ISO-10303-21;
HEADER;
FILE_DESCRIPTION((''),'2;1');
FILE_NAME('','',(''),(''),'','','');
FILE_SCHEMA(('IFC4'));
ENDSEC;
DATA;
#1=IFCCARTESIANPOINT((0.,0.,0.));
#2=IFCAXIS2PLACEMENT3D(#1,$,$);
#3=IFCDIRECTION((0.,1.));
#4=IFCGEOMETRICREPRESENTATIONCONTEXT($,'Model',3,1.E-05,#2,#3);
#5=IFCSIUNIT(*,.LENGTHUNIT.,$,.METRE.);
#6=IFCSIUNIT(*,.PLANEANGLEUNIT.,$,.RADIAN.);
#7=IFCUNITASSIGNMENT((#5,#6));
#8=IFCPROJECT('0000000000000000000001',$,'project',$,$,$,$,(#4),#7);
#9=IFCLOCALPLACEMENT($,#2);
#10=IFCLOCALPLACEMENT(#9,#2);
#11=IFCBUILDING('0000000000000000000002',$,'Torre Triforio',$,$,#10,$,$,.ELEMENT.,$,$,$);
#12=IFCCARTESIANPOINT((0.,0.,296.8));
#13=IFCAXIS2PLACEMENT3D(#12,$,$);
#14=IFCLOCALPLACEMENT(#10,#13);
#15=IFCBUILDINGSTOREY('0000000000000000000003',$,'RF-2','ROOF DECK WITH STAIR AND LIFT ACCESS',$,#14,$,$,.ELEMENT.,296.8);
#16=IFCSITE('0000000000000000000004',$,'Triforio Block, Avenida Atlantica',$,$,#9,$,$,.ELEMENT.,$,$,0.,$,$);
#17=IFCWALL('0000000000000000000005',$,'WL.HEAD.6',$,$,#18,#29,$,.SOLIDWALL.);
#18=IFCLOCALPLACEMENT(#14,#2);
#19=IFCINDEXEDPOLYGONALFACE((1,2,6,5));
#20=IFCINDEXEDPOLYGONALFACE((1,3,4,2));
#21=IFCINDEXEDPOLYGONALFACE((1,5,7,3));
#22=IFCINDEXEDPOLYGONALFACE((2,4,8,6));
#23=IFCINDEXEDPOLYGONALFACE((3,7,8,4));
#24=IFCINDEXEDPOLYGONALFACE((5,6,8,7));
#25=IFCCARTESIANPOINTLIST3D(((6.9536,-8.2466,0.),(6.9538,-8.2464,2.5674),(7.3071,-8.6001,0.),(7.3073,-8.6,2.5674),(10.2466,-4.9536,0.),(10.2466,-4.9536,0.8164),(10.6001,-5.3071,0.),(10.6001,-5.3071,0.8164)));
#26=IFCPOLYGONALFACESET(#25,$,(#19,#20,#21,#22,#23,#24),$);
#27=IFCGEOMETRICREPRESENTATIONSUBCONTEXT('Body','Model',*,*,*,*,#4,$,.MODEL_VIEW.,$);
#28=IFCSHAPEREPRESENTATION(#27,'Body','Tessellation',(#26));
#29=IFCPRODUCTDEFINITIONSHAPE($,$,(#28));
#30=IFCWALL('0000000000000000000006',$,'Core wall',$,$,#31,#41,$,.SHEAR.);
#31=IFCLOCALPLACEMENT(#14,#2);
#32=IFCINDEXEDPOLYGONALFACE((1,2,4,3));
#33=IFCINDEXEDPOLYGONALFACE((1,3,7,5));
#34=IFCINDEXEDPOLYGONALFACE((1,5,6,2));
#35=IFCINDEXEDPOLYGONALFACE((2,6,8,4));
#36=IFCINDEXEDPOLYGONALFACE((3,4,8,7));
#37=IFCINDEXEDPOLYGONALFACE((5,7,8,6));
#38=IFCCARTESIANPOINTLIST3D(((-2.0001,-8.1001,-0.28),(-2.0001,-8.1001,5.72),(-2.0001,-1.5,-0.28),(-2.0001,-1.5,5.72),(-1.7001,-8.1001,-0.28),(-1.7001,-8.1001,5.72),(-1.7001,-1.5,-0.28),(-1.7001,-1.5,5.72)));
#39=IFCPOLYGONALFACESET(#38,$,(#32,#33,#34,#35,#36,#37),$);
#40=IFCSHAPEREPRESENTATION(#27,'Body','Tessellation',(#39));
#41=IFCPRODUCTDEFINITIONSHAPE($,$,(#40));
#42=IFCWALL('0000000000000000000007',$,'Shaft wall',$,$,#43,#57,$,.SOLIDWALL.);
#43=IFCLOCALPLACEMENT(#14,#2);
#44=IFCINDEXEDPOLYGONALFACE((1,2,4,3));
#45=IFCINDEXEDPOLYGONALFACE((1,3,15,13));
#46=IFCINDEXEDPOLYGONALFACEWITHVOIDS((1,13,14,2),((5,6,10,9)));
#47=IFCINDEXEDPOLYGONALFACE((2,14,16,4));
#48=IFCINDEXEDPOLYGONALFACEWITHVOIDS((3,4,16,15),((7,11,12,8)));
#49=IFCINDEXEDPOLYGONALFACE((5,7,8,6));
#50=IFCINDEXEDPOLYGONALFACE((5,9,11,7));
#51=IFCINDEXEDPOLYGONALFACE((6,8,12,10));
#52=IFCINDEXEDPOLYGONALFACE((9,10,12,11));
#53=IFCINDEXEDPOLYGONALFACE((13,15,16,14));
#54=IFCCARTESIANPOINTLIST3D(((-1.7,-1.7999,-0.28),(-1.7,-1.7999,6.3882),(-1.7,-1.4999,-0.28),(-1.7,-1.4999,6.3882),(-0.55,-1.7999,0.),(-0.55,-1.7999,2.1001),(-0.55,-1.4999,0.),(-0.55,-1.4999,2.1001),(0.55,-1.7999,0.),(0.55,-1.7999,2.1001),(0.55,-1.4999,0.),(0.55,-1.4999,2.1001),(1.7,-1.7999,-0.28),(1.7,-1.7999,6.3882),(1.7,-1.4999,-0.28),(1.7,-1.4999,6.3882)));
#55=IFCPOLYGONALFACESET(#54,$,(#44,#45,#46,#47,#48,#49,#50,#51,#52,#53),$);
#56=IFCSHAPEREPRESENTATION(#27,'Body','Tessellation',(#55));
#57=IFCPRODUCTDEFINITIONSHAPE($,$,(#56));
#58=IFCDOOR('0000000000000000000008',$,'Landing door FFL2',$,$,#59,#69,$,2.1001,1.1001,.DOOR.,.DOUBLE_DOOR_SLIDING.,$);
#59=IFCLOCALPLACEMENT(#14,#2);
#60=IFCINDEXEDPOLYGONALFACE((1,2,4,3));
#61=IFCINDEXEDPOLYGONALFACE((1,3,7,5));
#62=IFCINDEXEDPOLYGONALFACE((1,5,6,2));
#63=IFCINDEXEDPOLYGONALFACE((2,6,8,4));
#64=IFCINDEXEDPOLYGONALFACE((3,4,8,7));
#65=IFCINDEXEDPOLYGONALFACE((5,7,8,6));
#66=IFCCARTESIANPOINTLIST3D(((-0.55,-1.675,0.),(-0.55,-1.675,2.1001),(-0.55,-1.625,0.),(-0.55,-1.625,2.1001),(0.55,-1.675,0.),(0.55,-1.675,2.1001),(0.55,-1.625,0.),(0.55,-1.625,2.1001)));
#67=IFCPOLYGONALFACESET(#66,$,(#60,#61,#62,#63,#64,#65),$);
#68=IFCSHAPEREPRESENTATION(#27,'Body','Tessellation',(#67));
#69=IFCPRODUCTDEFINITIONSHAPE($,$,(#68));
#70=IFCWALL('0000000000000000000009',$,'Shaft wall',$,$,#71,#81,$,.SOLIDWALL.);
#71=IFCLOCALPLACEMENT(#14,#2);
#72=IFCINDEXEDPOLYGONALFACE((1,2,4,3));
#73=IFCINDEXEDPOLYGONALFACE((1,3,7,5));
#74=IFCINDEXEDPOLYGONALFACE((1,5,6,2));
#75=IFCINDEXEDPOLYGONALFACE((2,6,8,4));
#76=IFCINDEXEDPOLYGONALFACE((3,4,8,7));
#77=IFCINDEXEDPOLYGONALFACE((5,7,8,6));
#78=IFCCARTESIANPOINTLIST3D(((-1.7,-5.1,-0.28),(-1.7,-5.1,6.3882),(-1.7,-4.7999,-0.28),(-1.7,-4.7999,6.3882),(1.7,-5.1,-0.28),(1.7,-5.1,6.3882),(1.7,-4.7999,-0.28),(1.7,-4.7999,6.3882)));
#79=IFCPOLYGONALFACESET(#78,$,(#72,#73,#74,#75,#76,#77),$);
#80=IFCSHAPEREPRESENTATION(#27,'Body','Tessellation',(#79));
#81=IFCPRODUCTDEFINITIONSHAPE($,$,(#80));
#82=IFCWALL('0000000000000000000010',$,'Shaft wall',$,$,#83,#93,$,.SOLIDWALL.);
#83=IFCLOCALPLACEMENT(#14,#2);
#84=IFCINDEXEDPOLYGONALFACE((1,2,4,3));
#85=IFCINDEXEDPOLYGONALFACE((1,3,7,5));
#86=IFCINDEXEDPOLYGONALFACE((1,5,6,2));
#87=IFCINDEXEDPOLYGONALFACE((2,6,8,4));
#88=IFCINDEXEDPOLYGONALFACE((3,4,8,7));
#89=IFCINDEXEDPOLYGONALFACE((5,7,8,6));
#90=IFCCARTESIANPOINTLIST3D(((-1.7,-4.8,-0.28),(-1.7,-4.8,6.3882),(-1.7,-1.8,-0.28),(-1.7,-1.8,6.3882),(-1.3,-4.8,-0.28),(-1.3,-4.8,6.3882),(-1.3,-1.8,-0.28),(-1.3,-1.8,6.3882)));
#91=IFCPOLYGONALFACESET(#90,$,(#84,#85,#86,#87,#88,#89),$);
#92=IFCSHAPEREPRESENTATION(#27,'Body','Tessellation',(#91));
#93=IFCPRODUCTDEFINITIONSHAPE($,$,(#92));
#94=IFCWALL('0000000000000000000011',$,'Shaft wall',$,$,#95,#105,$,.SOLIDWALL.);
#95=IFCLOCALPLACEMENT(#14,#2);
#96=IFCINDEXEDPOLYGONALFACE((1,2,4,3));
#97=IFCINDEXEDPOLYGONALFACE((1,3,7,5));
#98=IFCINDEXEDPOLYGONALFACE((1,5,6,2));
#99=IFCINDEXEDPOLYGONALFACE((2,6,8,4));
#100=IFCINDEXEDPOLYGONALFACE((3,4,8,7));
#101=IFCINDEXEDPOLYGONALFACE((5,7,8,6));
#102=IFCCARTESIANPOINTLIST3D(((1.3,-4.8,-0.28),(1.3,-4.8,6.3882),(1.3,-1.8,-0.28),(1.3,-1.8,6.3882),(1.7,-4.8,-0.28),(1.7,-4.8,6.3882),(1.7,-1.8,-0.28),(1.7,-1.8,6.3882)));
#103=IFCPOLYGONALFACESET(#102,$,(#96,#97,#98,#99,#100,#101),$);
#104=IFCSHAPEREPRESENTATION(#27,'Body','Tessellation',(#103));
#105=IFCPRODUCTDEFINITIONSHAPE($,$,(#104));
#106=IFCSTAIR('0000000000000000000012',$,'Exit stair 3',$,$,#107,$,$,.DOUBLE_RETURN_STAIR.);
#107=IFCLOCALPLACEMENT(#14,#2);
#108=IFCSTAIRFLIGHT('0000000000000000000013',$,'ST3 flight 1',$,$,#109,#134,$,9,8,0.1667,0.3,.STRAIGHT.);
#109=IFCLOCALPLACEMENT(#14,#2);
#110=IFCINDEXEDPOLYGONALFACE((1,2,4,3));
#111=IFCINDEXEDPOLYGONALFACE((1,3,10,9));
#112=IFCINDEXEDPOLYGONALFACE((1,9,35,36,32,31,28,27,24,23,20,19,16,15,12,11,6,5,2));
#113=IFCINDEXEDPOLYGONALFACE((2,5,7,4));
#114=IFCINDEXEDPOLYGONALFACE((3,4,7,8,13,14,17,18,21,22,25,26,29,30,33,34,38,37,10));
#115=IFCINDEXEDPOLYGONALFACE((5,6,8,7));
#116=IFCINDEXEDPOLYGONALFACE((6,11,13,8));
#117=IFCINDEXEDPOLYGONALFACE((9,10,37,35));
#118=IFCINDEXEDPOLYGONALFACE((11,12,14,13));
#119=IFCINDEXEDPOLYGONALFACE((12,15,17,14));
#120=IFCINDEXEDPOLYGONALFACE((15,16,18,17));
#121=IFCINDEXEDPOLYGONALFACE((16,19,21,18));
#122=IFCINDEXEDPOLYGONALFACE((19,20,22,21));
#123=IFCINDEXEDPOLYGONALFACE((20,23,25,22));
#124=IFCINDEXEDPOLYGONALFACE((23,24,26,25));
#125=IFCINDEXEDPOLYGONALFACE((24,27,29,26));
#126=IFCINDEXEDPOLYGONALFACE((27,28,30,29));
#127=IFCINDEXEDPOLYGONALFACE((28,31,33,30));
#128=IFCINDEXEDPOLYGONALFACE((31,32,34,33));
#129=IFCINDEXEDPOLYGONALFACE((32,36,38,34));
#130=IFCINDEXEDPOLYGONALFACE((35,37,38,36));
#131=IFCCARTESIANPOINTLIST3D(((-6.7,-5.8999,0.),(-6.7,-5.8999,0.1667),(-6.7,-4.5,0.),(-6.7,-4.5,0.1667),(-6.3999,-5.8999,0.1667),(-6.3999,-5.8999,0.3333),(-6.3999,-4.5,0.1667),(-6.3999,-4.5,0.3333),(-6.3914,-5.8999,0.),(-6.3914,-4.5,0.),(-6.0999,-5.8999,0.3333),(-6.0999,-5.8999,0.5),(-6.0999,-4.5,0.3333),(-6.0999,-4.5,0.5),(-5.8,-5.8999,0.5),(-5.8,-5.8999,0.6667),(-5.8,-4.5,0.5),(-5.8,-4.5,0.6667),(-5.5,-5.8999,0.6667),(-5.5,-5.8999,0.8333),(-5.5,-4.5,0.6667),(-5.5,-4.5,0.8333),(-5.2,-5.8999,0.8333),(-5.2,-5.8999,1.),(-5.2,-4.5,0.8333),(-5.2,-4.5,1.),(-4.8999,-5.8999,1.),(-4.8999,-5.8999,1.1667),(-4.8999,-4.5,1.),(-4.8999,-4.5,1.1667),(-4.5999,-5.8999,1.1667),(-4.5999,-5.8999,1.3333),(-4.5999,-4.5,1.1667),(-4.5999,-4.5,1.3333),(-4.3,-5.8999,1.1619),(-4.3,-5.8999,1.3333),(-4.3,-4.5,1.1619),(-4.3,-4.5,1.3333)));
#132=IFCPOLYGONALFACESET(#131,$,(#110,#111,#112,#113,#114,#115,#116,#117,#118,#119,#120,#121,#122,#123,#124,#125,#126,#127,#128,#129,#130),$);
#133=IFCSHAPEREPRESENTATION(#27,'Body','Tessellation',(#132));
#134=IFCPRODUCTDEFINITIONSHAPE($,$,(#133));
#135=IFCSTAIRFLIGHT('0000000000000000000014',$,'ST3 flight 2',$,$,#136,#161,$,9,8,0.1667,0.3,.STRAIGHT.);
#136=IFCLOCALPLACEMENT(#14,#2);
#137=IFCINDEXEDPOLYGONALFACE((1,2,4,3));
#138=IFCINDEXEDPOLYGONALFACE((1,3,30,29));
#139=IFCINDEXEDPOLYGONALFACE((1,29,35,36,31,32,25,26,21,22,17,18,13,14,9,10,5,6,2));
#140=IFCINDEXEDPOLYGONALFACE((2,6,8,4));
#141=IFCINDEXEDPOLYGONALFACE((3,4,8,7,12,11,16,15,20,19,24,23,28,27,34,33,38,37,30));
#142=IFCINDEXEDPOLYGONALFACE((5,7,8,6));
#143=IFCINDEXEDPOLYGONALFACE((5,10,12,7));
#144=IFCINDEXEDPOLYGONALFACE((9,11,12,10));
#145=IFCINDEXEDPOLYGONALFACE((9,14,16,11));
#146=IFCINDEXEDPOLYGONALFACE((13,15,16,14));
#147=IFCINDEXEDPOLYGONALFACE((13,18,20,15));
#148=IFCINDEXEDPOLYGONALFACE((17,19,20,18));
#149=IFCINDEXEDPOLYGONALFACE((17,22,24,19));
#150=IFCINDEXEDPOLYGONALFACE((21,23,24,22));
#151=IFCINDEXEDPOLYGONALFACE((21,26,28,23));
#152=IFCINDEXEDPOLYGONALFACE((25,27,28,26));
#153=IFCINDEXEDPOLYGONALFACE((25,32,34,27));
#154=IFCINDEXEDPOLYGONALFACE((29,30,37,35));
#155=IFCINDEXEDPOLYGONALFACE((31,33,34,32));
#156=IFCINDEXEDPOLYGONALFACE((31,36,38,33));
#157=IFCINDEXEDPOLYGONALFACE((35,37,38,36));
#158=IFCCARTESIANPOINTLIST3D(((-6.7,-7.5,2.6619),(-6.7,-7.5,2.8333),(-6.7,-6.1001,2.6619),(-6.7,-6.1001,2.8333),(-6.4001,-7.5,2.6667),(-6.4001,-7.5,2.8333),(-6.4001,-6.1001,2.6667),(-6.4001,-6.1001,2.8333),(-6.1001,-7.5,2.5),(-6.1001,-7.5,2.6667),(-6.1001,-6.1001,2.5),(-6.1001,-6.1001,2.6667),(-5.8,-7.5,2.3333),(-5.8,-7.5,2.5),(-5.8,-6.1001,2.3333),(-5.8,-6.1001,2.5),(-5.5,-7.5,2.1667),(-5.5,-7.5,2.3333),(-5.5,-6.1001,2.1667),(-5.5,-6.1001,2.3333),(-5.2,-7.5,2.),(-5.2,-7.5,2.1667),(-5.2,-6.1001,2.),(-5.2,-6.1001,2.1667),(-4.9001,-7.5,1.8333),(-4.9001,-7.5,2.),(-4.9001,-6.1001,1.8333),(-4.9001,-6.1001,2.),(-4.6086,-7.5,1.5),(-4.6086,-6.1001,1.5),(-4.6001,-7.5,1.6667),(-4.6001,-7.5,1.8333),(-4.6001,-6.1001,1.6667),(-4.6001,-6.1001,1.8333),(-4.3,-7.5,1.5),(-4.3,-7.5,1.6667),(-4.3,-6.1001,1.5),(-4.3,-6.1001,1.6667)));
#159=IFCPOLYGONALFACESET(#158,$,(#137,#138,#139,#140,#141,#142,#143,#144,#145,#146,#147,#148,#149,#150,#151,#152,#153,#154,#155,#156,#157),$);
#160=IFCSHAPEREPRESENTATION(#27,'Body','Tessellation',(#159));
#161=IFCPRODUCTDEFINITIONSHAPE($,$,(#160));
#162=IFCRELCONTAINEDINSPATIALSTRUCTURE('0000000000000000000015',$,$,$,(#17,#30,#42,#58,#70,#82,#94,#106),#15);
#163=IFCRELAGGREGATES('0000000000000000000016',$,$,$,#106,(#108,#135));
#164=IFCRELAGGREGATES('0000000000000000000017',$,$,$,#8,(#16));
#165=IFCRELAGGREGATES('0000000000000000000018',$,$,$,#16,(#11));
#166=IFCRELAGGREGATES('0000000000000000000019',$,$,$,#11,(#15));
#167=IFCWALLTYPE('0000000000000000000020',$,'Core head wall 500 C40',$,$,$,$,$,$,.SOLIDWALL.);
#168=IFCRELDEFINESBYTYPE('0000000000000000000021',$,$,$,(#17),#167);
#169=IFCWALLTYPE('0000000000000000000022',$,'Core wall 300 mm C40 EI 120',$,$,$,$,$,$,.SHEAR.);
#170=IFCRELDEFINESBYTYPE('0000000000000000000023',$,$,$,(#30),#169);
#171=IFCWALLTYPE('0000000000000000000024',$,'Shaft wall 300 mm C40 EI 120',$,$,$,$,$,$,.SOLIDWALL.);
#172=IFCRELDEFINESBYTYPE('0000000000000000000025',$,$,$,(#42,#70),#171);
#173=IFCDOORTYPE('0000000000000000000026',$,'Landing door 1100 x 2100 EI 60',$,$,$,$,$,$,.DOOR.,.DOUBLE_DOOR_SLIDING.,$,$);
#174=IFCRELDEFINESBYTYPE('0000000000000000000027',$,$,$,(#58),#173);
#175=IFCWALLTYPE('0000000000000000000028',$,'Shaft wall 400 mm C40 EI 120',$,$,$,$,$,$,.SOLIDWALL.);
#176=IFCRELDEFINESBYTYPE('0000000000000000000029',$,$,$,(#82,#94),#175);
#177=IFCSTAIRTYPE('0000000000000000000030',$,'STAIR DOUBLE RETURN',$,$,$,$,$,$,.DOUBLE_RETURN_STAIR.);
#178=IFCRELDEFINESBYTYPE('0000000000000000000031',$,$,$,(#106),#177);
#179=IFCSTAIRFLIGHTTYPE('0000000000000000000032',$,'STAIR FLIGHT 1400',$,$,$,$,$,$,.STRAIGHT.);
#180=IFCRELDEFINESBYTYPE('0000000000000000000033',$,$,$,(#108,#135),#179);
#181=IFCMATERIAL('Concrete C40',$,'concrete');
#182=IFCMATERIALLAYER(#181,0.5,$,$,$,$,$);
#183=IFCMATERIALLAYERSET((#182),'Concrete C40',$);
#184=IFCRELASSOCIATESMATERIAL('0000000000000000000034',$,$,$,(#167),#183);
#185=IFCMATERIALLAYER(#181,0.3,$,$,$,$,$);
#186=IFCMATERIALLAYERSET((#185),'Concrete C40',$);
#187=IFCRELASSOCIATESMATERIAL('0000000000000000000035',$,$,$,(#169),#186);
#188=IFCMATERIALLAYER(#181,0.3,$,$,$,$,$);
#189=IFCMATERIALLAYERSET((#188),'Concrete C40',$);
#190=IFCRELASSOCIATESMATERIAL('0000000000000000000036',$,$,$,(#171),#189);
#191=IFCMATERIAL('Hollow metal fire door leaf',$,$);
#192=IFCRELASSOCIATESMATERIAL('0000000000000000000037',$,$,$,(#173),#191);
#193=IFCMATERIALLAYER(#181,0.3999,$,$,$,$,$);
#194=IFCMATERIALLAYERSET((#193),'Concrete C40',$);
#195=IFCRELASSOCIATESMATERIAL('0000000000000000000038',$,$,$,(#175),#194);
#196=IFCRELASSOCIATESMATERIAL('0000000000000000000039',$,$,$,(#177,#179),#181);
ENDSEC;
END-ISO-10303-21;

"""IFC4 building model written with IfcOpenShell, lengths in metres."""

from ifc_helpers import new_model, si_unit, direction, frame, frame_2d, origin, place, context, subcontext, project, spatial, polyline, rectangle, outline, extrude, material, layer, layer_set, type_object, element, fill, aggregate, save


model = new_model("IFC4")

# Units and contexts
model_context = context("Model", 3, precision=1e-05, world=origin(), true_north=direction((0.0, 1.0)))
body_context = subcontext(model_context, "Body", "Model", "MODEL_VIEW")
ifc_project = project(units=[si_unit("LENGTHUNIT", "METRE"), si_unit("PLANEANGLEUNIT", "RADIAN")], contexts=[model_context])

# Site, building, storey
site_placement = place(None, origin())
site = spatial("IfcSite", under=ifc_project, at=site_placement, Name="Triforio Block, Avenida Atlantica", CompositionType="ELEMENT", RefElevation=0.0)
building_placement = place(site_placement, origin())
building = spatial("IfcBuilding", under=site, at=building_placement, Name="Torre Triforio", CompositionType="ELEMENT")
storey_placement = place(building_placement, frame((0.0, 0.0, 296.8)))
storey = spatial("IfcBuildingStorey", under=building, at=storey_placement, Name="RF-2", Description="ROOF DECK WITH STAIR AND LIFT ACCESS", CompositionType="ELEMENT", Elevation=296.8)

# Shared definitions
ifc_material_1 = material(Name="Concrete C40", Category="concrete")

# Walls
ifc_layer_1 = layer(ifc_material_1, 0.5)
ifc_layer_set_1 = layer_set([ifc_layer_1], Name="Concrete C40")
wall_type_1 = type_object("IfcWallType", Name="Core head wall 500 C40", PredefinedType="SOLIDWALL", material=ifc_layer_set_1)
wall_1_placement = place(storey_placement, frame((10.4233, -5.1304, 0.0), z_axis=(0.0, 0.0, 1.0), x_axis=(-0.707107, -0.707107, 0.0)))
element("IfcWall", 1, at=wall_1_placement, inside=storey, type_object=wall_type_1, Name="WL.HEAD.6", PredefinedType="SOLIDWALL", context=body_context, shape_type="SweptSolid", body=[
    extrude(outline(polyline([(0.0, 0.0), (4.657, 0.0), (4.6567, 2.5674), (0.0, 0.8164), (0.0, 0.0)])), frame((0.0, 0.25, 0.0), z_axis=(0.0, -1.0, 0.0), x_axis=(1.0, 0.0, 0.0)), (0.0, 0.0, 1.0), 0.5),
])
ifc_layer_2 = layer(ifc_material_1, 0.3)
ifc_layer_set_2 = layer_set([ifc_layer_2], Name="Concrete C40")
wall_type_2 = type_object("IfcWallType", Name="Core wall 300 mm C40 EI 120", PredefinedType="SHEAR", material=ifc_layer_set_2)
wall_2_placement = place(storey_placement, frame((-1.8501, -8.1001, -0.28), z_axis=(0.0, 0.0, 1.0), x_axis=(0.0, 1.0, 0.0)))
element("IfcWall", 2, at=wall_2_placement, inside=storey, type_object=wall_type_2, Name="Core wall", PredefinedType="SHEAR", context=body_context, shape_type="SweptSolid", body=[
    extrude(rectangle(XDim=6.6001, YDim=0.3, at=frame_2d((3.3, 0.0))), origin(), (0.0, 0.0, 1.0), 6.0),
])

# Wall, opening, door
ifc_layer_3 = layer(ifc_material_1, 0.3)
ifc_layer_set_3 = layer_set([ifc_layer_3], Name="Concrete C40")
wall_type_3 = type_object("IfcWallType", Name="Shaft wall 300 mm C40 EI 120", PredefinedType="SOLIDWALL", material=ifc_layer_set_3)
wall_3_placement = place(storey_placement, frame((-1.7, -1.6499, -0.28), z_axis=(0.0, 0.0, 1.0), x_axis=(1.0, 0.0, 0.0)))
wall_3 = element("IfcWall", 3, at=wall_3_placement, inside=storey, type_object=wall_type_3, Name="Shaft wall", PredefinedType="SOLIDWALL", context=body_context, shape_type="SweptSolid", body=[
    extrude(rectangle(XDim=3.3999, YDim=0.3, at=frame_2d((1.7, 0.0))), origin(), (0.0, 0.0, 1.0), 6.6682),
])
opening_placement = place(wall_3_placement, frame((1.1499, 0.0, 0.28)))
opening = element("IfcOpeningElement", 4, at=opening_placement, cuts=wall_3, PredefinedType="OPENING", context=body_context, shape_type="SweptSolid", body=[
    extrude(rectangle(XDim=1.1001, YDim=2.1001, at=frame_2d((0.55, 1.05))), frame((0.0, 0.1599, 0.0), z_axis=(0.0, -1.0, 0.0), x_axis=(1.0, 0.0, 0.0)), (0.0, 0.0, 1.0), 0.3201),
])
ifc_material_2 = material(Name="Hollow metal fire door leaf")
door_type = type_object("IfcDoorType", Name="Landing door 1100 x 2100 EI 60", OperationType="DOUBLE_DOOR_SLIDING", PredefinedType="DOOR", material=ifc_material_2)
door_placement = place(opening_placement, origin())
door = element("IfcDoor", 5, at=door_placement, inside=storey, type_object=door_type, Name="Landing door FFL2", OperationType="DOUBLE_DOOR_SLIDING", OverallHeight=2.1001, OverallWidth=1.1001, PredefinedType="DOOR", context=body_context, shape_type="SweptSolid", body=[
    extrude(rectangle(XDim=1.1001, YDim=2.1001, at=frame_2d((0.55, 1.05))), frame((0.0, 0.0249, 0.0), z_axis=(0.0, -1.0, 0.0), x_axis=(1.0, 0.0, 0.0)), (0.0, 0.0, 1.0), 0.05),
])
fill(opening, door)

# Walls
wall_4_placement = place(storey_placement, frame((-1.7, -4.95, -0.28), z_axis=(0.0, 0.0, 1.0), x_axis=(1.0, 0.0, 0.0)))
element("IfcWall", 6, at=wall_4_placement, inside=storey, type_object=wall_type_3, Name="Shaft wall", PredefinedType="SOLIDWALL", context=body_context, shape_type="SweptSolid", body=[
    extrude(rectangle(XDim=3.3999, YDim=0.3, at=frame_2d((1.7, 0.0))), origin(), (0.0, 0.0, 1.0), 6.6682),
])
ifc_layer_4 = layer(ifc_material_1, 0.3999)
ifc_layer_set_4 = layer_set([ifc_layer_4], Name="Concrete C40")
wall_type_4 = type_object("IfcWallType", Name="Shaft wall 400 mm C40 EI 120", PredefinedType="SOLIDWALL", material=ifc_layer_set_4)
for number, where, z_axis, x_axis, name in (
    (7, (-1.5, -4.8, -0.28), (0.0, 0.0, 1.0), (0.0, 1.0, 0.0), "Shaft wall"),
    (8, (1.5, -4.8, -0.28), (0.0, 0.0, 1.0), (0.0, 1.0, 0.0), "Shaft wall"),
):
    element("IfcWall", number, at=place(storey_placement, frame(where, z_axis=z_axis, x_axis=x_axis)), inside=storey, type_object=wall_type_4, Name=name, PredefinedType="SOLIDWALL", context=body_context, shape_type="SweptSolid", body=[
        extrude(rectangle(XDim=3.0, YDim=0.3999, at=frame_2d((1.5, 0.0))), origin(), (0.0, 0.0, 1.0), 6.6682),
    ])

# Stair, stair flights
stair_type = type_object("IfcStairType", Name="STAIR DOUBLE RETURN", PredefinedType="DOUBLE_RETURN_STAIR", material=ifc_material_1)
stair_placement = place(storey_placement, origin())
stair = element("IfcStair", 9, at=stair_placement, inside=storey, type_object=stair_type, Name="Exit stair 3", PredefinedType="DOUBLE_RETURN_STAIR")
stair_flight_type = type_object("IfcStairFlightType", Name="STAIR FLIGHT 1400", PredefinedType="STRAIGHT", material=ifc_material_1)
stair_flight_1_placement = place(storey_placement, frame((-6.7, -5.2, 0.0), z_axis=(0.0, 0.0, 1.0), x_axis=(1.0, 0.0, 0.0)))
stair_flight_1 = element("IfcStairFlight", 10, at=stair_flight_1_placement, type_object=stair_flight_type, Name="ST3 flight 1", NumberOfRisers=9, NumberOfTreads=8, PredefinedType="STRAIGHT", RiserHeight=0.1667, TreadLength=0.3, context=body_context, shape_type="SweptSolid", body=[
    extrude(outline(polyline([(0.0, 0.0), (0.0, 0.1667), (0.3, 0.1667), (0.3, 0.3333), (0.6001, 0.3333), (0.6001, 0.5), (0.8999, 0.5), (0.8999, 0.6667), (1.2, 0.6667), (1.2, 0.8333), (1.5, 0.8333), (1.5, 1.0), (1.8, 1.0), (1.8, 1.1667), (2.1001, 1.1667), (2.1001, 1.3333), (2.3999, 1.3333), (2.3999, 1.5), (2.3999, 1.1619), (0.3086, 0.0), (0.0, 0.0)])), frame((0.0, 0.7, 0.0), z_axis=(0.0, -1.0, 0.0), x_axis=(1.0, 0.0, 0.0)), (0.0, 0.0, 1.0), 1.3999),
])
stair_flight_2_placement = place(storey_placement, frame((-4.3, -6.8, 1.5), z_axis=(0.0, 0.0, 1.0), x_axis=(-1.0, 0.0, 0.0)))
stair_flight_2 = element("IfcStairFlight", 11, at=stair_flight_2_placement, type_object=stair_flight_type, Name="ST3 flight 2", NumberOfRisers=9, NumberOfTreads=8, PredefinedType="STRAIGHT", RiserHeight=0.1667, TreadLength=0.3, context=body_context, shape_type="SweptSolid", body=[
    extrude(outline(polyline([(0.0, 0.0), (0.0, 0.1667), (0.3, 0.1667), (0.3, 0.3333), (0.6001, 0.3333), (0.6001, 0.5), (0.8999, 0.5), (0.8999, 0.6667), (1.2, 0.6667), (1.2, 0.8333), (1.5, 0.8333), (1.5, 1.0), (1.8, 1.0), (1.8, 1.1667), (2.1001, 1.1667), (2.1001, 1.3333), (2.3999, 1.3333), (2.3999, 1.5), (2.3999, 1.1619), (0.3086, 0.0), (0.0, 0.0)])), frame((0.0, 0.7, 0.0), z_axis=(0.0, -1.0, 0.0), x_axis=(1.0, 0.0, 0.0)), (0.0, 0.0, 1.0), 1.3999),
])
aggregate(stair, [stair_flight_1, stair_flight_2])

save(model, "model.ifc")
